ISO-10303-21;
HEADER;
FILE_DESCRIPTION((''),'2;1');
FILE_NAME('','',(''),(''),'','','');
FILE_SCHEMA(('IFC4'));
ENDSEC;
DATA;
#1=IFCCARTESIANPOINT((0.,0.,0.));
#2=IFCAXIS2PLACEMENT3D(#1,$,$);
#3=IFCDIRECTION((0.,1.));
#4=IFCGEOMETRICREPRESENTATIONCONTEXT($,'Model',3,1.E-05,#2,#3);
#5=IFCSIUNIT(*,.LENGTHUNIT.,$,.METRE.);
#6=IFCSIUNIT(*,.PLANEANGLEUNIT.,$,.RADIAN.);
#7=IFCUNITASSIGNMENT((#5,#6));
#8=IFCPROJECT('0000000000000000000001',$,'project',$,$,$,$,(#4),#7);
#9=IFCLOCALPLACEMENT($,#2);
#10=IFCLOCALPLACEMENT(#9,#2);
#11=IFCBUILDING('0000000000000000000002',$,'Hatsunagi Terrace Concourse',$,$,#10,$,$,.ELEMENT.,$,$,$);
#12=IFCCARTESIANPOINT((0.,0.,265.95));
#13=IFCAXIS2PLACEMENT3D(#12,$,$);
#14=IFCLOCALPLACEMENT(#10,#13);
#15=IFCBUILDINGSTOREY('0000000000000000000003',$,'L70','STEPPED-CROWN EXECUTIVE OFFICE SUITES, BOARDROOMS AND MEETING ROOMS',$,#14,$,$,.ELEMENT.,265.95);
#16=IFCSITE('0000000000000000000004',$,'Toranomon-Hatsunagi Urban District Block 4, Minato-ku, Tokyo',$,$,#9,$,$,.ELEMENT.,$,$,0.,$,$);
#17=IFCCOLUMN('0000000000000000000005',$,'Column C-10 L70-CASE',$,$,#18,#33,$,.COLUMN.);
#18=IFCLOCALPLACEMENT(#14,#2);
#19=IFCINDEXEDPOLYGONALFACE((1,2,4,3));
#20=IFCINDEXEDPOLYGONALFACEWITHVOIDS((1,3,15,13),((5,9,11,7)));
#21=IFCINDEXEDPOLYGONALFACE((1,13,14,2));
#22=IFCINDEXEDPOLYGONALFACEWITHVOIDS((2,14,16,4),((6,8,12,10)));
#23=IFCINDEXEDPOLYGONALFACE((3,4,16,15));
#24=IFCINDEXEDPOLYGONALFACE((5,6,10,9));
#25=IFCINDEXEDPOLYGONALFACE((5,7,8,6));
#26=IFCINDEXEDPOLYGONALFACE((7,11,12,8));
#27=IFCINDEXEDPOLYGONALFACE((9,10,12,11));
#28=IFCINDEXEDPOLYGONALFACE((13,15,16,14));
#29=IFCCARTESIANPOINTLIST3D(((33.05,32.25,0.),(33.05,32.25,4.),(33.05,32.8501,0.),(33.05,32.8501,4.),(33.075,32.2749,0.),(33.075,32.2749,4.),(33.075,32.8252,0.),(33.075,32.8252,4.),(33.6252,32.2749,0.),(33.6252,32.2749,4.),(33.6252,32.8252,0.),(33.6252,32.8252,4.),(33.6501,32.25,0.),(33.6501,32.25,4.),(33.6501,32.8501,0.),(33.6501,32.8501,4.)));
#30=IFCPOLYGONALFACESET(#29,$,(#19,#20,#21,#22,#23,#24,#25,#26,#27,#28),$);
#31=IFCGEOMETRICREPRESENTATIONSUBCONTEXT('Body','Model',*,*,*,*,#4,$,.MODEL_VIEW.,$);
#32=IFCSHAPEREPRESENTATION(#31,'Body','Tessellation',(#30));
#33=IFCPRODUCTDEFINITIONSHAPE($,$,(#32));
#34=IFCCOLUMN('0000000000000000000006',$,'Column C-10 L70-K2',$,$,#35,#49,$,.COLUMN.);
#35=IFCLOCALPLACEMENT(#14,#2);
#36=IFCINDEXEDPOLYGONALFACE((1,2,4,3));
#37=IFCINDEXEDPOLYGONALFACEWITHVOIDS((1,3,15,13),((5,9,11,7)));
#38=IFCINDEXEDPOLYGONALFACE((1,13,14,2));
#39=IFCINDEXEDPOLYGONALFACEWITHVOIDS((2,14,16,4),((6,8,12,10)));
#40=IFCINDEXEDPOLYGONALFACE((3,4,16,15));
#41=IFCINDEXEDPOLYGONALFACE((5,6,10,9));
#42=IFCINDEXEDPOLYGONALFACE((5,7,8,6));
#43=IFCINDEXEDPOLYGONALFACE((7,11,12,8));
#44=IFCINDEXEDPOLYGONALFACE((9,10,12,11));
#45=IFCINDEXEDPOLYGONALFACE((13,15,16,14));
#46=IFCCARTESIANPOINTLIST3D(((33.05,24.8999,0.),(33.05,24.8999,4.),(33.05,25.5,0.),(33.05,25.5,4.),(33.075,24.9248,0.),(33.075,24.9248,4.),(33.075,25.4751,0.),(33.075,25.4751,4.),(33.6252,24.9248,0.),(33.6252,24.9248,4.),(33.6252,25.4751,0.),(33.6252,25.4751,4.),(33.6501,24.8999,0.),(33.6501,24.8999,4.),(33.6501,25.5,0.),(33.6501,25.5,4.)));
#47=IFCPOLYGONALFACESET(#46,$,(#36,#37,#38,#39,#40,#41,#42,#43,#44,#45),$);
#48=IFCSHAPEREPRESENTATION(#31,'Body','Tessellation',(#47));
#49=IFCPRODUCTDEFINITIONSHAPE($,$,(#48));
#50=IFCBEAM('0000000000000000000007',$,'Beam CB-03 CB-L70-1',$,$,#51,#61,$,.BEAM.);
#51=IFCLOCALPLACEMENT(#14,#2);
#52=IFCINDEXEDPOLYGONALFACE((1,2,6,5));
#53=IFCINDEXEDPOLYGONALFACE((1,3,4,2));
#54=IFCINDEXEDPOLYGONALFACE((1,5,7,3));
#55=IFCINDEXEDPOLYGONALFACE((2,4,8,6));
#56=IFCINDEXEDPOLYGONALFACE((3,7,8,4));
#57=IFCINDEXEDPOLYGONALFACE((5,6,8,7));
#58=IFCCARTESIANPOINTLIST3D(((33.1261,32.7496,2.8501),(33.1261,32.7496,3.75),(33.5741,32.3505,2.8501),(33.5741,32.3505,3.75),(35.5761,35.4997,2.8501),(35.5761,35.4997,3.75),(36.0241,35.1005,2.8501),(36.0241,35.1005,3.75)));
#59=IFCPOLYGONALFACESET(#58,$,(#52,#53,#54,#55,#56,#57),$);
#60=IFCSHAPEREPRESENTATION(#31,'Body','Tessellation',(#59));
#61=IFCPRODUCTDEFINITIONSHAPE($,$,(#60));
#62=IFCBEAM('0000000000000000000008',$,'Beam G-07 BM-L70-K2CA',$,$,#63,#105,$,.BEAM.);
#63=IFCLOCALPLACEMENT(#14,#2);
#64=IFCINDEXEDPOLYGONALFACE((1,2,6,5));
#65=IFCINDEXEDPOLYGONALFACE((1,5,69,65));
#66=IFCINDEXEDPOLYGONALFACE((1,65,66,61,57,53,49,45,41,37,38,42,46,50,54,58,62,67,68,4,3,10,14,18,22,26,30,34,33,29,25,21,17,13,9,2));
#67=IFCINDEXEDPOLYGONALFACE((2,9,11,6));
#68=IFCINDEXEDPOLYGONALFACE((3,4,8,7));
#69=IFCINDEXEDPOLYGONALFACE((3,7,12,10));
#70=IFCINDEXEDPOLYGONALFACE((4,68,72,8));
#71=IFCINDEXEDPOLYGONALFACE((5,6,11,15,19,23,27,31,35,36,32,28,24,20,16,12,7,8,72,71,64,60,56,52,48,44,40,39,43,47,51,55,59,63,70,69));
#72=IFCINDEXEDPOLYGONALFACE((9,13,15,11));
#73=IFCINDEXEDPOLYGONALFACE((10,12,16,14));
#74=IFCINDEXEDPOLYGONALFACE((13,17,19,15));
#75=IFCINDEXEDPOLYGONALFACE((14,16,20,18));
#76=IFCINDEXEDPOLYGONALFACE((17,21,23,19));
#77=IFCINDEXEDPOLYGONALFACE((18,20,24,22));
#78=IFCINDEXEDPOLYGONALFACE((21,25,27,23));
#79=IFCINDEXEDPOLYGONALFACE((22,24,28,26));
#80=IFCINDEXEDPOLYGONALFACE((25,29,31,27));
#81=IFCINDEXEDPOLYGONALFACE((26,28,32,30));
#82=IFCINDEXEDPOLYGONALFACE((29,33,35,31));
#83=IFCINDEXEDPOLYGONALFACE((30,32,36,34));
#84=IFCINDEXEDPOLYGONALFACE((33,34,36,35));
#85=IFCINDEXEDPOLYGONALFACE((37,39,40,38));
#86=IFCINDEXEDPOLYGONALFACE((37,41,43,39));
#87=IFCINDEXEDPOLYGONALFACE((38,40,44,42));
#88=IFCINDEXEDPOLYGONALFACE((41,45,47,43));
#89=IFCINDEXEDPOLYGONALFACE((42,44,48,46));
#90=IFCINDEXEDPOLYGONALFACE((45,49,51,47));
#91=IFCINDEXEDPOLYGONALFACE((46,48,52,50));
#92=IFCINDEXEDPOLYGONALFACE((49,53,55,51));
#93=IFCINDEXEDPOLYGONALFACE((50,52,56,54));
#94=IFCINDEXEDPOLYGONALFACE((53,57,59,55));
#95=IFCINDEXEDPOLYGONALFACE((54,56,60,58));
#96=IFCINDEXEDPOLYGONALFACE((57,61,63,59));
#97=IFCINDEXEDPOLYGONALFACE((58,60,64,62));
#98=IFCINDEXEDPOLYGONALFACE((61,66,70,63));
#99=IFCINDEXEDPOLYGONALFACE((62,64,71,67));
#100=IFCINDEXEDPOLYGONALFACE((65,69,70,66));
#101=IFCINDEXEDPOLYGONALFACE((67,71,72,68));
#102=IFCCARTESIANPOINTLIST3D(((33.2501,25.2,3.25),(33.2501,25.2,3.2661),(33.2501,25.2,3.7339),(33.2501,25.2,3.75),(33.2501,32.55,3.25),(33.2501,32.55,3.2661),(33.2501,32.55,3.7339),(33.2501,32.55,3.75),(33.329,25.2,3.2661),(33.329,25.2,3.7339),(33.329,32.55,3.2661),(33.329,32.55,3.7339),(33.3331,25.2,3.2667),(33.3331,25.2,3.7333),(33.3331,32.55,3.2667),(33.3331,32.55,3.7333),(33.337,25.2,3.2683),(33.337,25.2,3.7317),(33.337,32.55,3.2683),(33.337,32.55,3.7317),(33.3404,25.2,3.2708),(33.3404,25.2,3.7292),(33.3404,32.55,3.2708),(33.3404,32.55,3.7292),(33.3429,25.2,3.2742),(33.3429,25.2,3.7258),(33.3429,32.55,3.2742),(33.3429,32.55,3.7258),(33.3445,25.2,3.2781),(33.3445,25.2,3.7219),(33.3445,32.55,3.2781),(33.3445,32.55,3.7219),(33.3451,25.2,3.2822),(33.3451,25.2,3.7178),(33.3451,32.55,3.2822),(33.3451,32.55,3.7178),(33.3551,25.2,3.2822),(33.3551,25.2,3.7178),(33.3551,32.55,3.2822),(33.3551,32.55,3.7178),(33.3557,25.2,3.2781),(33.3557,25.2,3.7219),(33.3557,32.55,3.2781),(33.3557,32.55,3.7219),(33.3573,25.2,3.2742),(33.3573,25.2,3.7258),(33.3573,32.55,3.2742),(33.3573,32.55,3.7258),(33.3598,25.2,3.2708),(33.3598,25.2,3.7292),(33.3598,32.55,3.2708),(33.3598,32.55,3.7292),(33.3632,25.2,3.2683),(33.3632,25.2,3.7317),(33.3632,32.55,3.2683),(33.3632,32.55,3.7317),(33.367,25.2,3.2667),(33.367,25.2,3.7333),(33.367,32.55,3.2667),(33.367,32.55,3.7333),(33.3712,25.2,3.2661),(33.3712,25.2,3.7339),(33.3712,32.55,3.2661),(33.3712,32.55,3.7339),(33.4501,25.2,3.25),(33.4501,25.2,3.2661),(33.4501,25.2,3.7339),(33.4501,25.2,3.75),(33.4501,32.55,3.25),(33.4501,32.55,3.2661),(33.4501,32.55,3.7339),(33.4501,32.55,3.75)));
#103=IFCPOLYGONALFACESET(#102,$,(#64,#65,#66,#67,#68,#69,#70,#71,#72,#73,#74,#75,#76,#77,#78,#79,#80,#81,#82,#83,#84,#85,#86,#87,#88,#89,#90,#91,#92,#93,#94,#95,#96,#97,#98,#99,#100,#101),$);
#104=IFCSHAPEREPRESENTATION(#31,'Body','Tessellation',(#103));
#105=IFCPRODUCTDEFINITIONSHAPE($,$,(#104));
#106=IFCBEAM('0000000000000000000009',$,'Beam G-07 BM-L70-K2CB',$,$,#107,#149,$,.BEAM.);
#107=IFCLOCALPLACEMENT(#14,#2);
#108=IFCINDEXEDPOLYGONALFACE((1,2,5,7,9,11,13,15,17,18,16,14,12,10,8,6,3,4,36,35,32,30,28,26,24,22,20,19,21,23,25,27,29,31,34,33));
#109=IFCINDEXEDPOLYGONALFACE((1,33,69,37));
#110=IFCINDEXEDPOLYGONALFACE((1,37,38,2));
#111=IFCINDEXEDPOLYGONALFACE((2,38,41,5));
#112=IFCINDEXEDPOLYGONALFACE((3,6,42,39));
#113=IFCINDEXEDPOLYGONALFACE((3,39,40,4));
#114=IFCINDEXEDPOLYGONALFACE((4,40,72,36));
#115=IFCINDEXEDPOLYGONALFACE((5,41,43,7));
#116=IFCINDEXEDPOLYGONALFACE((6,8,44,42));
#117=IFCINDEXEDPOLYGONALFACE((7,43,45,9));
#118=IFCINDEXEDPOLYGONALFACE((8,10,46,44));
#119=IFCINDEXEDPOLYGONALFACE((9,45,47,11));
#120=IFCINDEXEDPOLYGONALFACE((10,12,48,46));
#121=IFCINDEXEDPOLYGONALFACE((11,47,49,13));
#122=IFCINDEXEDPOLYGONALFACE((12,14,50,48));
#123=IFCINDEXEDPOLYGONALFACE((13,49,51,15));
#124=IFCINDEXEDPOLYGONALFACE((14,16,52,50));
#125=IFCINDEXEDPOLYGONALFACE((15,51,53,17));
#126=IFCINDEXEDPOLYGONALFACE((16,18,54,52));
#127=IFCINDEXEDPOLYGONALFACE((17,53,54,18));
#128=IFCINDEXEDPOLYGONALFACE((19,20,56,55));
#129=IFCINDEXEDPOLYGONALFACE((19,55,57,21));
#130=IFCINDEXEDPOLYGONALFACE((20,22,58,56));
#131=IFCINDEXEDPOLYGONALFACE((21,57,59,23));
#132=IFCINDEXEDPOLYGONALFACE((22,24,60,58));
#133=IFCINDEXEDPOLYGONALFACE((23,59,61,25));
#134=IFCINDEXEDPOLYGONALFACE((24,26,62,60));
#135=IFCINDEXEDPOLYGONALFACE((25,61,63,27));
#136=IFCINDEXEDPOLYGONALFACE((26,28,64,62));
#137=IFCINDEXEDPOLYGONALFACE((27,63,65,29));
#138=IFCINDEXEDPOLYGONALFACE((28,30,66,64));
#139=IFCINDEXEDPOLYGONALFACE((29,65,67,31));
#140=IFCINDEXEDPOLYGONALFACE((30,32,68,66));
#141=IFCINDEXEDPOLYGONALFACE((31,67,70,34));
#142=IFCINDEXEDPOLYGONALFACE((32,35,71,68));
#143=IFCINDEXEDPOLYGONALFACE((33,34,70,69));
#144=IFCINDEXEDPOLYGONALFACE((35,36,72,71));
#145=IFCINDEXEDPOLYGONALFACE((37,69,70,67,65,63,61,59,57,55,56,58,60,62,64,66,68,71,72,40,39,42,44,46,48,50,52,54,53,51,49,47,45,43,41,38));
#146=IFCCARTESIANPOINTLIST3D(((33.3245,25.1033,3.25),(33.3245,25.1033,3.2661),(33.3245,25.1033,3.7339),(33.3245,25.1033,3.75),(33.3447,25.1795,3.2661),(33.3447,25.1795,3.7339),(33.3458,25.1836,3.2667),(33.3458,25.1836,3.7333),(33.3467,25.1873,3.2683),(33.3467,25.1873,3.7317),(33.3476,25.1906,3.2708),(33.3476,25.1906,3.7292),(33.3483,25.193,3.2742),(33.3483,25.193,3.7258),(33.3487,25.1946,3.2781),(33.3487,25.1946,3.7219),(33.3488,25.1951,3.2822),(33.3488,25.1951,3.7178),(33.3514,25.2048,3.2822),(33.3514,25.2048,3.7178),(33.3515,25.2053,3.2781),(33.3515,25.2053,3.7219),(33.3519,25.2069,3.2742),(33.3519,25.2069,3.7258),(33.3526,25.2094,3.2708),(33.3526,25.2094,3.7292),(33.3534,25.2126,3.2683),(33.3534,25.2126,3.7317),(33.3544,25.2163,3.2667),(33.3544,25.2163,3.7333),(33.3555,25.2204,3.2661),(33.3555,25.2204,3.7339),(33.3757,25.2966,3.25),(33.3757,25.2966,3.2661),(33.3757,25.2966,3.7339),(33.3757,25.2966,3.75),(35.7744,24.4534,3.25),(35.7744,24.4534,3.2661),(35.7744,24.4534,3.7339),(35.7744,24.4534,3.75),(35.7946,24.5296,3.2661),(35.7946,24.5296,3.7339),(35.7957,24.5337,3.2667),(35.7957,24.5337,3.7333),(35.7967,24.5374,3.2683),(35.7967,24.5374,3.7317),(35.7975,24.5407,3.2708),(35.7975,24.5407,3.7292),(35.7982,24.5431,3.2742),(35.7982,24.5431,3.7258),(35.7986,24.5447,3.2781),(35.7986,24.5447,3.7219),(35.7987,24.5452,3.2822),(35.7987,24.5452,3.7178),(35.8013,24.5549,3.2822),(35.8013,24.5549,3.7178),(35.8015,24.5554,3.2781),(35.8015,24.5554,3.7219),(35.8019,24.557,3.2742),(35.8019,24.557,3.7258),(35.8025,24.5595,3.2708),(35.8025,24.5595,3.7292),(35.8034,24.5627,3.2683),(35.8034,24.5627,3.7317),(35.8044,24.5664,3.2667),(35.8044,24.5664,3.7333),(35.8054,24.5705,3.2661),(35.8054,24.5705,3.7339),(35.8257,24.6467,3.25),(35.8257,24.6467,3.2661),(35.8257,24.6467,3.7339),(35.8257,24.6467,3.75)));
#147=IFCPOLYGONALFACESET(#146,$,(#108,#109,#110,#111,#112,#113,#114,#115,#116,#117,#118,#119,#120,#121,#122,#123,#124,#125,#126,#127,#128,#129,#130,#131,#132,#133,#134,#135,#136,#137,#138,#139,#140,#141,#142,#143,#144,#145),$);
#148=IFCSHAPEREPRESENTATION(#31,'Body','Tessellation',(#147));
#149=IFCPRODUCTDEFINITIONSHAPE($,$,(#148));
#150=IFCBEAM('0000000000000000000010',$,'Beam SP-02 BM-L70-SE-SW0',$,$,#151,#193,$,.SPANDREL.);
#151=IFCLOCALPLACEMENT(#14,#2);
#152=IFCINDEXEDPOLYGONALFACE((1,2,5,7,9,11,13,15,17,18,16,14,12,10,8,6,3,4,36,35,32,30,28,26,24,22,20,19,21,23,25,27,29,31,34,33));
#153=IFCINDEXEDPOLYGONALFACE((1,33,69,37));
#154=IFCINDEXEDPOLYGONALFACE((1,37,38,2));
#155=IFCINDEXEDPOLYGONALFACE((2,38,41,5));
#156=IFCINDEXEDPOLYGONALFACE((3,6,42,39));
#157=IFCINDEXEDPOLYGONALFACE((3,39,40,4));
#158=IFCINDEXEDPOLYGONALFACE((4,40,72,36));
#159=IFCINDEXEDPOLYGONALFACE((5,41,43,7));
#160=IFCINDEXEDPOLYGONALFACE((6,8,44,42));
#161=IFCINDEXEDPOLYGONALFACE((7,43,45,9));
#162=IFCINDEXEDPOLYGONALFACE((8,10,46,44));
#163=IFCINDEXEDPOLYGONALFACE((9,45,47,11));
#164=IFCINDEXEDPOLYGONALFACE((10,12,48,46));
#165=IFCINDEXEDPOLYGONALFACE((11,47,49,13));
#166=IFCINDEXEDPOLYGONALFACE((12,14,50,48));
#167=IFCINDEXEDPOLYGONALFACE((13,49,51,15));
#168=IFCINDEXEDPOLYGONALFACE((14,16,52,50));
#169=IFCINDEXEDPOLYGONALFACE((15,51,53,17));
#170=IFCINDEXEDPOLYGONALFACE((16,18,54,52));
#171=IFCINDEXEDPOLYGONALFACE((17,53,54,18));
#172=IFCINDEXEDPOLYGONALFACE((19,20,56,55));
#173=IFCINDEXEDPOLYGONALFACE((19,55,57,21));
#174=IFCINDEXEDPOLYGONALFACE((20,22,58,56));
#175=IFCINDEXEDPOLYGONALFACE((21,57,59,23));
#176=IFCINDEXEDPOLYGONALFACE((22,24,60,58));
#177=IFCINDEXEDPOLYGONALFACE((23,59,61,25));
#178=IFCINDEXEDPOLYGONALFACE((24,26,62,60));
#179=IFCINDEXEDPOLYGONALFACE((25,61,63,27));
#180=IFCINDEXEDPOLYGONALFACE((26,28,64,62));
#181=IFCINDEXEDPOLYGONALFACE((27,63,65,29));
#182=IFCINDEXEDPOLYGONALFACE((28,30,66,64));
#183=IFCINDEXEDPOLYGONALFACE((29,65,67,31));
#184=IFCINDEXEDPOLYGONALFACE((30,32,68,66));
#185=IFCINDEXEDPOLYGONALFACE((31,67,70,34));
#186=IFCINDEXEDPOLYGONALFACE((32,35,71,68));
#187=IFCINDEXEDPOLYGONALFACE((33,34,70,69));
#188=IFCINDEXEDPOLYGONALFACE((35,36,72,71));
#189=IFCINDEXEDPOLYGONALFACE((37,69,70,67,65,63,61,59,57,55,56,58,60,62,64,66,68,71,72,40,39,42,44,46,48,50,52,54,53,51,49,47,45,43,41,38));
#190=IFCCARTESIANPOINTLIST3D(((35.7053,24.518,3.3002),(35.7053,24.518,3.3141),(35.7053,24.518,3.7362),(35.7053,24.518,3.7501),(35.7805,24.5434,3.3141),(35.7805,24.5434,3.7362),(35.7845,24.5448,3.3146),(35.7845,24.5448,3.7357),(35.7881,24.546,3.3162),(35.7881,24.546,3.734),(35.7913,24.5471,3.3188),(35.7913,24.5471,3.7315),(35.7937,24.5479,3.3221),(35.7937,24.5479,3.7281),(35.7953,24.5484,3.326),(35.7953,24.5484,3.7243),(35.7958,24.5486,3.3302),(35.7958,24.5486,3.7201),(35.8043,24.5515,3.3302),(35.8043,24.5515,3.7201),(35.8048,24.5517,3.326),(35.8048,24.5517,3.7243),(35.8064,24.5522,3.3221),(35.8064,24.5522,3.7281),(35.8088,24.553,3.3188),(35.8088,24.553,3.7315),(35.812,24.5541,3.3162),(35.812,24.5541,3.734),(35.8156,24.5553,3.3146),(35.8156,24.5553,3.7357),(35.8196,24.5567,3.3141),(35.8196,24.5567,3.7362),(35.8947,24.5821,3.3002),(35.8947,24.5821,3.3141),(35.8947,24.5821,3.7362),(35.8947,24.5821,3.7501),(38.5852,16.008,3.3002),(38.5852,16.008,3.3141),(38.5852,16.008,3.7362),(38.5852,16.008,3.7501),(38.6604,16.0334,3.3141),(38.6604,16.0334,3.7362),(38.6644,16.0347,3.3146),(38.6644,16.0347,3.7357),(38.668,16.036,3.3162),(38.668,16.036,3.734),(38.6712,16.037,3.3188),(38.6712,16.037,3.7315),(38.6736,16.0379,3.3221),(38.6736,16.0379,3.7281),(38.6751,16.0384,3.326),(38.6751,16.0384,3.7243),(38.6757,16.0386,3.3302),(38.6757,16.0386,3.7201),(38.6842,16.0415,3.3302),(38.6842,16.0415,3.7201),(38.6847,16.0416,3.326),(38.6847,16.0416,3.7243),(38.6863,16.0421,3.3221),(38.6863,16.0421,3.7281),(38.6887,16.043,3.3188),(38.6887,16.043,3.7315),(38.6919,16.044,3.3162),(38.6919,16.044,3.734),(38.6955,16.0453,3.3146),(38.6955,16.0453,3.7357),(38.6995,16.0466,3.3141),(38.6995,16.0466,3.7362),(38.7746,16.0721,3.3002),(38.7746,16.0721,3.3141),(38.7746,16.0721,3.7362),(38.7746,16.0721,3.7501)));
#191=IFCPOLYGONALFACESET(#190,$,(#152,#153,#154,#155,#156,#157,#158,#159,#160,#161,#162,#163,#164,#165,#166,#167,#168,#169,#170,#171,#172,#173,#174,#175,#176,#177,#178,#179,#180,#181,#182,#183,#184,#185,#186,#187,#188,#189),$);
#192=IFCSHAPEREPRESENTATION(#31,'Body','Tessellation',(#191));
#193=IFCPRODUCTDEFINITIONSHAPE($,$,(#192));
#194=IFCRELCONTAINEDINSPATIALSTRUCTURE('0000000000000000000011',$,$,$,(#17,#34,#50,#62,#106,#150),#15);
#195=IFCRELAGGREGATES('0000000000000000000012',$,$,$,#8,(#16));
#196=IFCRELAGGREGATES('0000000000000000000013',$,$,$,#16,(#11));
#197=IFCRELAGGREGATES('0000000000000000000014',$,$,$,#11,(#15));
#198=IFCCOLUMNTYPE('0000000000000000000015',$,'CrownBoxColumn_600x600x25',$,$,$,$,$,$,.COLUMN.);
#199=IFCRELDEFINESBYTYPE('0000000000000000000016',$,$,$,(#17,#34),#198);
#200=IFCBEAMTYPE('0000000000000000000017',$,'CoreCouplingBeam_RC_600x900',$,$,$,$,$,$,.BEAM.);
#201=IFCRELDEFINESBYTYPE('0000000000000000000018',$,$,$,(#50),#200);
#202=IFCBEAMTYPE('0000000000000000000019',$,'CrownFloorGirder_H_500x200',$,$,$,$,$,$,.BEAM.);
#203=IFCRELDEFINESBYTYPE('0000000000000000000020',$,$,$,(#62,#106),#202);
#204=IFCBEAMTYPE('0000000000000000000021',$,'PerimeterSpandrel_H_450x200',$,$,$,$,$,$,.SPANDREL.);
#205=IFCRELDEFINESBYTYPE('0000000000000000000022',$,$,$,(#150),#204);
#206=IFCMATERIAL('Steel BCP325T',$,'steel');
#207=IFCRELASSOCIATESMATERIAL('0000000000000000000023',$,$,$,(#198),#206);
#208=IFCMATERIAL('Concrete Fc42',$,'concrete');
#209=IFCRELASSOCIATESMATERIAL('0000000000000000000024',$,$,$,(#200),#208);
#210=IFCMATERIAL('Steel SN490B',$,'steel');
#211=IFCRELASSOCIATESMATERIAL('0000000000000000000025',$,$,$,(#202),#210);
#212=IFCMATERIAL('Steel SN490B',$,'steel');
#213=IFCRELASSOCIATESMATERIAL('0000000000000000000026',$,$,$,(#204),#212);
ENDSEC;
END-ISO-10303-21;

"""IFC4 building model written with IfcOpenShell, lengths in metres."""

from ifc_helpers import new_model, si_unit, direction, frame, origin, origin_2d, place, context, subcontext, project, spatial, rectangle, hollow_rectangle, i_section, extrude, material, material_profile, profile_set, type_object, element, save


model = new_model("IFC4")

# Units and contexts
model_context = context("Model", 3, precision=1e-05, world=origin(), true_north=direction((0.0, 1.0)))
body_context = subcontext(model_context, "Body", "Model", "MODEL_VIEW")
ifc_project = project(units=[si_unit("LENGTHUNIT", "METRE"), si_unit("PLANEANGLEUNIT", "RADIAN")], contexts=[model_context])

# Site, building, storey
site_placement = place(None, origin())
site = spatial("IfcSite", under=ifc_project, at=site_placement, Name="Toranomon-Hatsunagi Urban District Block 4, Minato-ku, Tokyo", CompositionType="ELEMENT", RefElevation=0.0)
building_placement = place(site_placement, origin())
building = spatial("IfcBuilding", under=site, at=building_placement, Name="Hatsunagi Terrace Concourse", CompositionType="ELEMENT")
storey_placement = place(building_placement, frame((0.0, 0.0, 265.95)))
storey = spatial("IfcBuildingStorey", under=building, at=storey_placement, Name="L70", Description="STEPPED-CROWN EXECUTIVE OFFICE SUITES, BOARDROOMS AND MEETING ROOMS", CompositionType="ELEMENT", Elevation=265.95)

# Columns
ifc_material_1 = material(Name="Steel BCP325T", Category="steel")
ifc_material_profile_1 = material_profile(ifc_material_1, hollow_rectangle(XDim=0.6001, YDim=0.6001, WallThickness=0.0249, at=origin_2d()), Name="BCP-600x600x25")
ifc_profile_set_1 = profile_set([ifc_material_profile_1], Name="Steel BCP325T")
column_type = type_object("IfcColumnType", Name="CrownBoxColumn_600x600x25", PredefinedType="COLUMN", material=ifc_profile_set_1)
for number, where, z_axis, x_axis, name in (
    (1, (33.3501, 32.55, 0.0), (0.0, 0.0, 1.0), (1.0, 0.0, 0.0), "Column C-10 L70-CASE"),
    (2, (33.3501, 25.2, 0.0), (0.0, 0.0, 1.0), (1.0, 0.0, 0.0), "Column C-10 L70-K2"),
):
    element("IfcColumn", number, at=place(storey_placement, frame(where, z_axis=z_axis, x_axis=x_axis)), inside=storey, type_object=column_type, Name=name, PredefinedType="COLUMN", context=body_context, shape_type="SweptSolid", body=[
        extrude(hollow_rectangle(XDim=0.6001, YDim=0.6001, WallThickness=0.0249, at=origin_2d()), origin(), (0.0, 0.0, 1.0), 4.0),
    ])

# Beams
ifc_material_2 = material(Name="Concrete Fc42", Category="concrete")
ifc_material_profile_2 = material_profile(ifc_material_2, rectangle(XDim=0.6001, YDim=0.8999, at=origin_2d()), Name="RC-600x900")
ifc_profile_set_2 = profile_set([ifc_material_profile_2], Name="Concrete Fc42")
beam_type_1 = type_object("IfcBeamType", Name="CoreCouplingBeam_RC_600x900", PredefinedType="BEAM", material=ifc_profile_set_2)
beam_1_placement = place(storey_placement, frame((33.3501, 32.55, 3.3), z_axis=(0.665199, 0.746666, 0.0), x_axis=(-0.746666, 0.665199, 0.0)))
element("IfcBeam", 3, at=beam_1_placement, inside=storey, type_object=beam_type_1, Name="Beam CB-03 CB-L70-1", PredefinedType="BEAM", context=body_context, shape_type="SweptSolid", body=[
    extrude(rectangle(XDim=0.6001, YDim=0.8999, at=origin_2d()), origin(), (0.0, 0.0, 1.0), 3.6831),
])
ifc_material_3 = material(Name="Steel SN490B", Category="steel")
ifc_material_profile_3 = material_profile(ifc_material_3, i_section(OverallWidth=0.2, OverallDepth=0.5, WebThickness=0.01, FlangeThickness=0.0161, FilletRadius=0.0161, at=origin_2d()), Name="H-500x200x10x16")
ifc_profile_set_3 = profile_set([ifc_material_profile_3], Name="Steel SN490B")
beam_type_2 = type_object("IfcBeamType", Name="CrownFloorGirder_H_500x200", PredefinedType="BEAM", material=ifc_profile_set_3)
beam_2_placement = place(storey_placement, frame((33.3501, 25.2, 3.5), z_axis=(0.0, 1.0, 0.0), x_axis=(-1.0, 0.0, 0.0)))
element("IfcBeam", 4, at=beam_2_placement, inside=storey, type_object=beam_type_2, Name="Beam G-07 BM-L70-K2CA", PredefinedType="BEAM", context=body_context, shape_type="SweptSolid", body=[
    extrude(i_section(OverallWidth=0.2, OverallDepth=0.5, WebThickness=0.01, FlangeThickness=0.0161, FilletRadius=0.0161, at=origin_2d()), origin(), (0.0, 0.0, 1.0), 7.3501),
])
beam_3_placement = place(storey_placement, frame((33.3501, 25.2, 3.5), z_axis=(0.96657, -0.256403, 0.0), x_axis=(0.256403, 0.96657, 0.0)))
element("IfcBeam", 5, at=beam_3_placement, inside=storey, type_object=beam_type_2, Name="Beam G-07 BM-L70-K2CB", PredefinedType="BEAM", context=body_context, shape_type="SweptSolid", body=[
    extrude(i_section(OverallWidth=0.2, OverallDepth=0.5, WebThickness=0.01, FlangeThickness=0.0161, FilletRadius=0.0161, at=origin_2d()), origin(), (0.0, 0.0, 1.0), 2.5347),
])
ifc_material_4 = material(Name="Steel SN490B", Category="steel")
ifc_material_profile_4 = material_profile(ifc_material_4, i_section(OverallWidth=0.2, OverallDepth=0.45, WebThickness=0.009, FlangeThickness=0.0139, FilletRadius=0.0161, at=origin_2d()), Name="H-450x200x9x14")
ifc_profile_set_4 = profile_set([ifc_material_profile_4], Name="Steel SN490B")
beam_type_3 = type_object("IfcBeamType", Name="PerimeterSpandrel_H_450x200", PredefinedType="SPANDREL", material=ifc_profile_set_4)
beam_4_placement = place(storey_placement, frame((35.8, 24.55, 3.5251), z_axis=(0.320553, -0.94723, 0.0), x_axis=(0.94723, 0.320553, 0.0)))
element("IfcBeam", 6, at=beam_4_placement, inside=storey, type_object=beam_type_3, Name="Beam SP-02 BM-L70-SE-SW0", PredefinedType="SPANDREL", context=body_context, shape_type="SweptSolid", body=[
    extrude(i_section(OverallWidth=0.2, OverallDepth=0.45, WebThickness=0.009, FlangeThickness=0.0139, FilletRadius=0.0161, at=origin_2d()), origin(), (0.0, 0.0, 1.0), 8.9841),
])

save(model, "model.ifc")
